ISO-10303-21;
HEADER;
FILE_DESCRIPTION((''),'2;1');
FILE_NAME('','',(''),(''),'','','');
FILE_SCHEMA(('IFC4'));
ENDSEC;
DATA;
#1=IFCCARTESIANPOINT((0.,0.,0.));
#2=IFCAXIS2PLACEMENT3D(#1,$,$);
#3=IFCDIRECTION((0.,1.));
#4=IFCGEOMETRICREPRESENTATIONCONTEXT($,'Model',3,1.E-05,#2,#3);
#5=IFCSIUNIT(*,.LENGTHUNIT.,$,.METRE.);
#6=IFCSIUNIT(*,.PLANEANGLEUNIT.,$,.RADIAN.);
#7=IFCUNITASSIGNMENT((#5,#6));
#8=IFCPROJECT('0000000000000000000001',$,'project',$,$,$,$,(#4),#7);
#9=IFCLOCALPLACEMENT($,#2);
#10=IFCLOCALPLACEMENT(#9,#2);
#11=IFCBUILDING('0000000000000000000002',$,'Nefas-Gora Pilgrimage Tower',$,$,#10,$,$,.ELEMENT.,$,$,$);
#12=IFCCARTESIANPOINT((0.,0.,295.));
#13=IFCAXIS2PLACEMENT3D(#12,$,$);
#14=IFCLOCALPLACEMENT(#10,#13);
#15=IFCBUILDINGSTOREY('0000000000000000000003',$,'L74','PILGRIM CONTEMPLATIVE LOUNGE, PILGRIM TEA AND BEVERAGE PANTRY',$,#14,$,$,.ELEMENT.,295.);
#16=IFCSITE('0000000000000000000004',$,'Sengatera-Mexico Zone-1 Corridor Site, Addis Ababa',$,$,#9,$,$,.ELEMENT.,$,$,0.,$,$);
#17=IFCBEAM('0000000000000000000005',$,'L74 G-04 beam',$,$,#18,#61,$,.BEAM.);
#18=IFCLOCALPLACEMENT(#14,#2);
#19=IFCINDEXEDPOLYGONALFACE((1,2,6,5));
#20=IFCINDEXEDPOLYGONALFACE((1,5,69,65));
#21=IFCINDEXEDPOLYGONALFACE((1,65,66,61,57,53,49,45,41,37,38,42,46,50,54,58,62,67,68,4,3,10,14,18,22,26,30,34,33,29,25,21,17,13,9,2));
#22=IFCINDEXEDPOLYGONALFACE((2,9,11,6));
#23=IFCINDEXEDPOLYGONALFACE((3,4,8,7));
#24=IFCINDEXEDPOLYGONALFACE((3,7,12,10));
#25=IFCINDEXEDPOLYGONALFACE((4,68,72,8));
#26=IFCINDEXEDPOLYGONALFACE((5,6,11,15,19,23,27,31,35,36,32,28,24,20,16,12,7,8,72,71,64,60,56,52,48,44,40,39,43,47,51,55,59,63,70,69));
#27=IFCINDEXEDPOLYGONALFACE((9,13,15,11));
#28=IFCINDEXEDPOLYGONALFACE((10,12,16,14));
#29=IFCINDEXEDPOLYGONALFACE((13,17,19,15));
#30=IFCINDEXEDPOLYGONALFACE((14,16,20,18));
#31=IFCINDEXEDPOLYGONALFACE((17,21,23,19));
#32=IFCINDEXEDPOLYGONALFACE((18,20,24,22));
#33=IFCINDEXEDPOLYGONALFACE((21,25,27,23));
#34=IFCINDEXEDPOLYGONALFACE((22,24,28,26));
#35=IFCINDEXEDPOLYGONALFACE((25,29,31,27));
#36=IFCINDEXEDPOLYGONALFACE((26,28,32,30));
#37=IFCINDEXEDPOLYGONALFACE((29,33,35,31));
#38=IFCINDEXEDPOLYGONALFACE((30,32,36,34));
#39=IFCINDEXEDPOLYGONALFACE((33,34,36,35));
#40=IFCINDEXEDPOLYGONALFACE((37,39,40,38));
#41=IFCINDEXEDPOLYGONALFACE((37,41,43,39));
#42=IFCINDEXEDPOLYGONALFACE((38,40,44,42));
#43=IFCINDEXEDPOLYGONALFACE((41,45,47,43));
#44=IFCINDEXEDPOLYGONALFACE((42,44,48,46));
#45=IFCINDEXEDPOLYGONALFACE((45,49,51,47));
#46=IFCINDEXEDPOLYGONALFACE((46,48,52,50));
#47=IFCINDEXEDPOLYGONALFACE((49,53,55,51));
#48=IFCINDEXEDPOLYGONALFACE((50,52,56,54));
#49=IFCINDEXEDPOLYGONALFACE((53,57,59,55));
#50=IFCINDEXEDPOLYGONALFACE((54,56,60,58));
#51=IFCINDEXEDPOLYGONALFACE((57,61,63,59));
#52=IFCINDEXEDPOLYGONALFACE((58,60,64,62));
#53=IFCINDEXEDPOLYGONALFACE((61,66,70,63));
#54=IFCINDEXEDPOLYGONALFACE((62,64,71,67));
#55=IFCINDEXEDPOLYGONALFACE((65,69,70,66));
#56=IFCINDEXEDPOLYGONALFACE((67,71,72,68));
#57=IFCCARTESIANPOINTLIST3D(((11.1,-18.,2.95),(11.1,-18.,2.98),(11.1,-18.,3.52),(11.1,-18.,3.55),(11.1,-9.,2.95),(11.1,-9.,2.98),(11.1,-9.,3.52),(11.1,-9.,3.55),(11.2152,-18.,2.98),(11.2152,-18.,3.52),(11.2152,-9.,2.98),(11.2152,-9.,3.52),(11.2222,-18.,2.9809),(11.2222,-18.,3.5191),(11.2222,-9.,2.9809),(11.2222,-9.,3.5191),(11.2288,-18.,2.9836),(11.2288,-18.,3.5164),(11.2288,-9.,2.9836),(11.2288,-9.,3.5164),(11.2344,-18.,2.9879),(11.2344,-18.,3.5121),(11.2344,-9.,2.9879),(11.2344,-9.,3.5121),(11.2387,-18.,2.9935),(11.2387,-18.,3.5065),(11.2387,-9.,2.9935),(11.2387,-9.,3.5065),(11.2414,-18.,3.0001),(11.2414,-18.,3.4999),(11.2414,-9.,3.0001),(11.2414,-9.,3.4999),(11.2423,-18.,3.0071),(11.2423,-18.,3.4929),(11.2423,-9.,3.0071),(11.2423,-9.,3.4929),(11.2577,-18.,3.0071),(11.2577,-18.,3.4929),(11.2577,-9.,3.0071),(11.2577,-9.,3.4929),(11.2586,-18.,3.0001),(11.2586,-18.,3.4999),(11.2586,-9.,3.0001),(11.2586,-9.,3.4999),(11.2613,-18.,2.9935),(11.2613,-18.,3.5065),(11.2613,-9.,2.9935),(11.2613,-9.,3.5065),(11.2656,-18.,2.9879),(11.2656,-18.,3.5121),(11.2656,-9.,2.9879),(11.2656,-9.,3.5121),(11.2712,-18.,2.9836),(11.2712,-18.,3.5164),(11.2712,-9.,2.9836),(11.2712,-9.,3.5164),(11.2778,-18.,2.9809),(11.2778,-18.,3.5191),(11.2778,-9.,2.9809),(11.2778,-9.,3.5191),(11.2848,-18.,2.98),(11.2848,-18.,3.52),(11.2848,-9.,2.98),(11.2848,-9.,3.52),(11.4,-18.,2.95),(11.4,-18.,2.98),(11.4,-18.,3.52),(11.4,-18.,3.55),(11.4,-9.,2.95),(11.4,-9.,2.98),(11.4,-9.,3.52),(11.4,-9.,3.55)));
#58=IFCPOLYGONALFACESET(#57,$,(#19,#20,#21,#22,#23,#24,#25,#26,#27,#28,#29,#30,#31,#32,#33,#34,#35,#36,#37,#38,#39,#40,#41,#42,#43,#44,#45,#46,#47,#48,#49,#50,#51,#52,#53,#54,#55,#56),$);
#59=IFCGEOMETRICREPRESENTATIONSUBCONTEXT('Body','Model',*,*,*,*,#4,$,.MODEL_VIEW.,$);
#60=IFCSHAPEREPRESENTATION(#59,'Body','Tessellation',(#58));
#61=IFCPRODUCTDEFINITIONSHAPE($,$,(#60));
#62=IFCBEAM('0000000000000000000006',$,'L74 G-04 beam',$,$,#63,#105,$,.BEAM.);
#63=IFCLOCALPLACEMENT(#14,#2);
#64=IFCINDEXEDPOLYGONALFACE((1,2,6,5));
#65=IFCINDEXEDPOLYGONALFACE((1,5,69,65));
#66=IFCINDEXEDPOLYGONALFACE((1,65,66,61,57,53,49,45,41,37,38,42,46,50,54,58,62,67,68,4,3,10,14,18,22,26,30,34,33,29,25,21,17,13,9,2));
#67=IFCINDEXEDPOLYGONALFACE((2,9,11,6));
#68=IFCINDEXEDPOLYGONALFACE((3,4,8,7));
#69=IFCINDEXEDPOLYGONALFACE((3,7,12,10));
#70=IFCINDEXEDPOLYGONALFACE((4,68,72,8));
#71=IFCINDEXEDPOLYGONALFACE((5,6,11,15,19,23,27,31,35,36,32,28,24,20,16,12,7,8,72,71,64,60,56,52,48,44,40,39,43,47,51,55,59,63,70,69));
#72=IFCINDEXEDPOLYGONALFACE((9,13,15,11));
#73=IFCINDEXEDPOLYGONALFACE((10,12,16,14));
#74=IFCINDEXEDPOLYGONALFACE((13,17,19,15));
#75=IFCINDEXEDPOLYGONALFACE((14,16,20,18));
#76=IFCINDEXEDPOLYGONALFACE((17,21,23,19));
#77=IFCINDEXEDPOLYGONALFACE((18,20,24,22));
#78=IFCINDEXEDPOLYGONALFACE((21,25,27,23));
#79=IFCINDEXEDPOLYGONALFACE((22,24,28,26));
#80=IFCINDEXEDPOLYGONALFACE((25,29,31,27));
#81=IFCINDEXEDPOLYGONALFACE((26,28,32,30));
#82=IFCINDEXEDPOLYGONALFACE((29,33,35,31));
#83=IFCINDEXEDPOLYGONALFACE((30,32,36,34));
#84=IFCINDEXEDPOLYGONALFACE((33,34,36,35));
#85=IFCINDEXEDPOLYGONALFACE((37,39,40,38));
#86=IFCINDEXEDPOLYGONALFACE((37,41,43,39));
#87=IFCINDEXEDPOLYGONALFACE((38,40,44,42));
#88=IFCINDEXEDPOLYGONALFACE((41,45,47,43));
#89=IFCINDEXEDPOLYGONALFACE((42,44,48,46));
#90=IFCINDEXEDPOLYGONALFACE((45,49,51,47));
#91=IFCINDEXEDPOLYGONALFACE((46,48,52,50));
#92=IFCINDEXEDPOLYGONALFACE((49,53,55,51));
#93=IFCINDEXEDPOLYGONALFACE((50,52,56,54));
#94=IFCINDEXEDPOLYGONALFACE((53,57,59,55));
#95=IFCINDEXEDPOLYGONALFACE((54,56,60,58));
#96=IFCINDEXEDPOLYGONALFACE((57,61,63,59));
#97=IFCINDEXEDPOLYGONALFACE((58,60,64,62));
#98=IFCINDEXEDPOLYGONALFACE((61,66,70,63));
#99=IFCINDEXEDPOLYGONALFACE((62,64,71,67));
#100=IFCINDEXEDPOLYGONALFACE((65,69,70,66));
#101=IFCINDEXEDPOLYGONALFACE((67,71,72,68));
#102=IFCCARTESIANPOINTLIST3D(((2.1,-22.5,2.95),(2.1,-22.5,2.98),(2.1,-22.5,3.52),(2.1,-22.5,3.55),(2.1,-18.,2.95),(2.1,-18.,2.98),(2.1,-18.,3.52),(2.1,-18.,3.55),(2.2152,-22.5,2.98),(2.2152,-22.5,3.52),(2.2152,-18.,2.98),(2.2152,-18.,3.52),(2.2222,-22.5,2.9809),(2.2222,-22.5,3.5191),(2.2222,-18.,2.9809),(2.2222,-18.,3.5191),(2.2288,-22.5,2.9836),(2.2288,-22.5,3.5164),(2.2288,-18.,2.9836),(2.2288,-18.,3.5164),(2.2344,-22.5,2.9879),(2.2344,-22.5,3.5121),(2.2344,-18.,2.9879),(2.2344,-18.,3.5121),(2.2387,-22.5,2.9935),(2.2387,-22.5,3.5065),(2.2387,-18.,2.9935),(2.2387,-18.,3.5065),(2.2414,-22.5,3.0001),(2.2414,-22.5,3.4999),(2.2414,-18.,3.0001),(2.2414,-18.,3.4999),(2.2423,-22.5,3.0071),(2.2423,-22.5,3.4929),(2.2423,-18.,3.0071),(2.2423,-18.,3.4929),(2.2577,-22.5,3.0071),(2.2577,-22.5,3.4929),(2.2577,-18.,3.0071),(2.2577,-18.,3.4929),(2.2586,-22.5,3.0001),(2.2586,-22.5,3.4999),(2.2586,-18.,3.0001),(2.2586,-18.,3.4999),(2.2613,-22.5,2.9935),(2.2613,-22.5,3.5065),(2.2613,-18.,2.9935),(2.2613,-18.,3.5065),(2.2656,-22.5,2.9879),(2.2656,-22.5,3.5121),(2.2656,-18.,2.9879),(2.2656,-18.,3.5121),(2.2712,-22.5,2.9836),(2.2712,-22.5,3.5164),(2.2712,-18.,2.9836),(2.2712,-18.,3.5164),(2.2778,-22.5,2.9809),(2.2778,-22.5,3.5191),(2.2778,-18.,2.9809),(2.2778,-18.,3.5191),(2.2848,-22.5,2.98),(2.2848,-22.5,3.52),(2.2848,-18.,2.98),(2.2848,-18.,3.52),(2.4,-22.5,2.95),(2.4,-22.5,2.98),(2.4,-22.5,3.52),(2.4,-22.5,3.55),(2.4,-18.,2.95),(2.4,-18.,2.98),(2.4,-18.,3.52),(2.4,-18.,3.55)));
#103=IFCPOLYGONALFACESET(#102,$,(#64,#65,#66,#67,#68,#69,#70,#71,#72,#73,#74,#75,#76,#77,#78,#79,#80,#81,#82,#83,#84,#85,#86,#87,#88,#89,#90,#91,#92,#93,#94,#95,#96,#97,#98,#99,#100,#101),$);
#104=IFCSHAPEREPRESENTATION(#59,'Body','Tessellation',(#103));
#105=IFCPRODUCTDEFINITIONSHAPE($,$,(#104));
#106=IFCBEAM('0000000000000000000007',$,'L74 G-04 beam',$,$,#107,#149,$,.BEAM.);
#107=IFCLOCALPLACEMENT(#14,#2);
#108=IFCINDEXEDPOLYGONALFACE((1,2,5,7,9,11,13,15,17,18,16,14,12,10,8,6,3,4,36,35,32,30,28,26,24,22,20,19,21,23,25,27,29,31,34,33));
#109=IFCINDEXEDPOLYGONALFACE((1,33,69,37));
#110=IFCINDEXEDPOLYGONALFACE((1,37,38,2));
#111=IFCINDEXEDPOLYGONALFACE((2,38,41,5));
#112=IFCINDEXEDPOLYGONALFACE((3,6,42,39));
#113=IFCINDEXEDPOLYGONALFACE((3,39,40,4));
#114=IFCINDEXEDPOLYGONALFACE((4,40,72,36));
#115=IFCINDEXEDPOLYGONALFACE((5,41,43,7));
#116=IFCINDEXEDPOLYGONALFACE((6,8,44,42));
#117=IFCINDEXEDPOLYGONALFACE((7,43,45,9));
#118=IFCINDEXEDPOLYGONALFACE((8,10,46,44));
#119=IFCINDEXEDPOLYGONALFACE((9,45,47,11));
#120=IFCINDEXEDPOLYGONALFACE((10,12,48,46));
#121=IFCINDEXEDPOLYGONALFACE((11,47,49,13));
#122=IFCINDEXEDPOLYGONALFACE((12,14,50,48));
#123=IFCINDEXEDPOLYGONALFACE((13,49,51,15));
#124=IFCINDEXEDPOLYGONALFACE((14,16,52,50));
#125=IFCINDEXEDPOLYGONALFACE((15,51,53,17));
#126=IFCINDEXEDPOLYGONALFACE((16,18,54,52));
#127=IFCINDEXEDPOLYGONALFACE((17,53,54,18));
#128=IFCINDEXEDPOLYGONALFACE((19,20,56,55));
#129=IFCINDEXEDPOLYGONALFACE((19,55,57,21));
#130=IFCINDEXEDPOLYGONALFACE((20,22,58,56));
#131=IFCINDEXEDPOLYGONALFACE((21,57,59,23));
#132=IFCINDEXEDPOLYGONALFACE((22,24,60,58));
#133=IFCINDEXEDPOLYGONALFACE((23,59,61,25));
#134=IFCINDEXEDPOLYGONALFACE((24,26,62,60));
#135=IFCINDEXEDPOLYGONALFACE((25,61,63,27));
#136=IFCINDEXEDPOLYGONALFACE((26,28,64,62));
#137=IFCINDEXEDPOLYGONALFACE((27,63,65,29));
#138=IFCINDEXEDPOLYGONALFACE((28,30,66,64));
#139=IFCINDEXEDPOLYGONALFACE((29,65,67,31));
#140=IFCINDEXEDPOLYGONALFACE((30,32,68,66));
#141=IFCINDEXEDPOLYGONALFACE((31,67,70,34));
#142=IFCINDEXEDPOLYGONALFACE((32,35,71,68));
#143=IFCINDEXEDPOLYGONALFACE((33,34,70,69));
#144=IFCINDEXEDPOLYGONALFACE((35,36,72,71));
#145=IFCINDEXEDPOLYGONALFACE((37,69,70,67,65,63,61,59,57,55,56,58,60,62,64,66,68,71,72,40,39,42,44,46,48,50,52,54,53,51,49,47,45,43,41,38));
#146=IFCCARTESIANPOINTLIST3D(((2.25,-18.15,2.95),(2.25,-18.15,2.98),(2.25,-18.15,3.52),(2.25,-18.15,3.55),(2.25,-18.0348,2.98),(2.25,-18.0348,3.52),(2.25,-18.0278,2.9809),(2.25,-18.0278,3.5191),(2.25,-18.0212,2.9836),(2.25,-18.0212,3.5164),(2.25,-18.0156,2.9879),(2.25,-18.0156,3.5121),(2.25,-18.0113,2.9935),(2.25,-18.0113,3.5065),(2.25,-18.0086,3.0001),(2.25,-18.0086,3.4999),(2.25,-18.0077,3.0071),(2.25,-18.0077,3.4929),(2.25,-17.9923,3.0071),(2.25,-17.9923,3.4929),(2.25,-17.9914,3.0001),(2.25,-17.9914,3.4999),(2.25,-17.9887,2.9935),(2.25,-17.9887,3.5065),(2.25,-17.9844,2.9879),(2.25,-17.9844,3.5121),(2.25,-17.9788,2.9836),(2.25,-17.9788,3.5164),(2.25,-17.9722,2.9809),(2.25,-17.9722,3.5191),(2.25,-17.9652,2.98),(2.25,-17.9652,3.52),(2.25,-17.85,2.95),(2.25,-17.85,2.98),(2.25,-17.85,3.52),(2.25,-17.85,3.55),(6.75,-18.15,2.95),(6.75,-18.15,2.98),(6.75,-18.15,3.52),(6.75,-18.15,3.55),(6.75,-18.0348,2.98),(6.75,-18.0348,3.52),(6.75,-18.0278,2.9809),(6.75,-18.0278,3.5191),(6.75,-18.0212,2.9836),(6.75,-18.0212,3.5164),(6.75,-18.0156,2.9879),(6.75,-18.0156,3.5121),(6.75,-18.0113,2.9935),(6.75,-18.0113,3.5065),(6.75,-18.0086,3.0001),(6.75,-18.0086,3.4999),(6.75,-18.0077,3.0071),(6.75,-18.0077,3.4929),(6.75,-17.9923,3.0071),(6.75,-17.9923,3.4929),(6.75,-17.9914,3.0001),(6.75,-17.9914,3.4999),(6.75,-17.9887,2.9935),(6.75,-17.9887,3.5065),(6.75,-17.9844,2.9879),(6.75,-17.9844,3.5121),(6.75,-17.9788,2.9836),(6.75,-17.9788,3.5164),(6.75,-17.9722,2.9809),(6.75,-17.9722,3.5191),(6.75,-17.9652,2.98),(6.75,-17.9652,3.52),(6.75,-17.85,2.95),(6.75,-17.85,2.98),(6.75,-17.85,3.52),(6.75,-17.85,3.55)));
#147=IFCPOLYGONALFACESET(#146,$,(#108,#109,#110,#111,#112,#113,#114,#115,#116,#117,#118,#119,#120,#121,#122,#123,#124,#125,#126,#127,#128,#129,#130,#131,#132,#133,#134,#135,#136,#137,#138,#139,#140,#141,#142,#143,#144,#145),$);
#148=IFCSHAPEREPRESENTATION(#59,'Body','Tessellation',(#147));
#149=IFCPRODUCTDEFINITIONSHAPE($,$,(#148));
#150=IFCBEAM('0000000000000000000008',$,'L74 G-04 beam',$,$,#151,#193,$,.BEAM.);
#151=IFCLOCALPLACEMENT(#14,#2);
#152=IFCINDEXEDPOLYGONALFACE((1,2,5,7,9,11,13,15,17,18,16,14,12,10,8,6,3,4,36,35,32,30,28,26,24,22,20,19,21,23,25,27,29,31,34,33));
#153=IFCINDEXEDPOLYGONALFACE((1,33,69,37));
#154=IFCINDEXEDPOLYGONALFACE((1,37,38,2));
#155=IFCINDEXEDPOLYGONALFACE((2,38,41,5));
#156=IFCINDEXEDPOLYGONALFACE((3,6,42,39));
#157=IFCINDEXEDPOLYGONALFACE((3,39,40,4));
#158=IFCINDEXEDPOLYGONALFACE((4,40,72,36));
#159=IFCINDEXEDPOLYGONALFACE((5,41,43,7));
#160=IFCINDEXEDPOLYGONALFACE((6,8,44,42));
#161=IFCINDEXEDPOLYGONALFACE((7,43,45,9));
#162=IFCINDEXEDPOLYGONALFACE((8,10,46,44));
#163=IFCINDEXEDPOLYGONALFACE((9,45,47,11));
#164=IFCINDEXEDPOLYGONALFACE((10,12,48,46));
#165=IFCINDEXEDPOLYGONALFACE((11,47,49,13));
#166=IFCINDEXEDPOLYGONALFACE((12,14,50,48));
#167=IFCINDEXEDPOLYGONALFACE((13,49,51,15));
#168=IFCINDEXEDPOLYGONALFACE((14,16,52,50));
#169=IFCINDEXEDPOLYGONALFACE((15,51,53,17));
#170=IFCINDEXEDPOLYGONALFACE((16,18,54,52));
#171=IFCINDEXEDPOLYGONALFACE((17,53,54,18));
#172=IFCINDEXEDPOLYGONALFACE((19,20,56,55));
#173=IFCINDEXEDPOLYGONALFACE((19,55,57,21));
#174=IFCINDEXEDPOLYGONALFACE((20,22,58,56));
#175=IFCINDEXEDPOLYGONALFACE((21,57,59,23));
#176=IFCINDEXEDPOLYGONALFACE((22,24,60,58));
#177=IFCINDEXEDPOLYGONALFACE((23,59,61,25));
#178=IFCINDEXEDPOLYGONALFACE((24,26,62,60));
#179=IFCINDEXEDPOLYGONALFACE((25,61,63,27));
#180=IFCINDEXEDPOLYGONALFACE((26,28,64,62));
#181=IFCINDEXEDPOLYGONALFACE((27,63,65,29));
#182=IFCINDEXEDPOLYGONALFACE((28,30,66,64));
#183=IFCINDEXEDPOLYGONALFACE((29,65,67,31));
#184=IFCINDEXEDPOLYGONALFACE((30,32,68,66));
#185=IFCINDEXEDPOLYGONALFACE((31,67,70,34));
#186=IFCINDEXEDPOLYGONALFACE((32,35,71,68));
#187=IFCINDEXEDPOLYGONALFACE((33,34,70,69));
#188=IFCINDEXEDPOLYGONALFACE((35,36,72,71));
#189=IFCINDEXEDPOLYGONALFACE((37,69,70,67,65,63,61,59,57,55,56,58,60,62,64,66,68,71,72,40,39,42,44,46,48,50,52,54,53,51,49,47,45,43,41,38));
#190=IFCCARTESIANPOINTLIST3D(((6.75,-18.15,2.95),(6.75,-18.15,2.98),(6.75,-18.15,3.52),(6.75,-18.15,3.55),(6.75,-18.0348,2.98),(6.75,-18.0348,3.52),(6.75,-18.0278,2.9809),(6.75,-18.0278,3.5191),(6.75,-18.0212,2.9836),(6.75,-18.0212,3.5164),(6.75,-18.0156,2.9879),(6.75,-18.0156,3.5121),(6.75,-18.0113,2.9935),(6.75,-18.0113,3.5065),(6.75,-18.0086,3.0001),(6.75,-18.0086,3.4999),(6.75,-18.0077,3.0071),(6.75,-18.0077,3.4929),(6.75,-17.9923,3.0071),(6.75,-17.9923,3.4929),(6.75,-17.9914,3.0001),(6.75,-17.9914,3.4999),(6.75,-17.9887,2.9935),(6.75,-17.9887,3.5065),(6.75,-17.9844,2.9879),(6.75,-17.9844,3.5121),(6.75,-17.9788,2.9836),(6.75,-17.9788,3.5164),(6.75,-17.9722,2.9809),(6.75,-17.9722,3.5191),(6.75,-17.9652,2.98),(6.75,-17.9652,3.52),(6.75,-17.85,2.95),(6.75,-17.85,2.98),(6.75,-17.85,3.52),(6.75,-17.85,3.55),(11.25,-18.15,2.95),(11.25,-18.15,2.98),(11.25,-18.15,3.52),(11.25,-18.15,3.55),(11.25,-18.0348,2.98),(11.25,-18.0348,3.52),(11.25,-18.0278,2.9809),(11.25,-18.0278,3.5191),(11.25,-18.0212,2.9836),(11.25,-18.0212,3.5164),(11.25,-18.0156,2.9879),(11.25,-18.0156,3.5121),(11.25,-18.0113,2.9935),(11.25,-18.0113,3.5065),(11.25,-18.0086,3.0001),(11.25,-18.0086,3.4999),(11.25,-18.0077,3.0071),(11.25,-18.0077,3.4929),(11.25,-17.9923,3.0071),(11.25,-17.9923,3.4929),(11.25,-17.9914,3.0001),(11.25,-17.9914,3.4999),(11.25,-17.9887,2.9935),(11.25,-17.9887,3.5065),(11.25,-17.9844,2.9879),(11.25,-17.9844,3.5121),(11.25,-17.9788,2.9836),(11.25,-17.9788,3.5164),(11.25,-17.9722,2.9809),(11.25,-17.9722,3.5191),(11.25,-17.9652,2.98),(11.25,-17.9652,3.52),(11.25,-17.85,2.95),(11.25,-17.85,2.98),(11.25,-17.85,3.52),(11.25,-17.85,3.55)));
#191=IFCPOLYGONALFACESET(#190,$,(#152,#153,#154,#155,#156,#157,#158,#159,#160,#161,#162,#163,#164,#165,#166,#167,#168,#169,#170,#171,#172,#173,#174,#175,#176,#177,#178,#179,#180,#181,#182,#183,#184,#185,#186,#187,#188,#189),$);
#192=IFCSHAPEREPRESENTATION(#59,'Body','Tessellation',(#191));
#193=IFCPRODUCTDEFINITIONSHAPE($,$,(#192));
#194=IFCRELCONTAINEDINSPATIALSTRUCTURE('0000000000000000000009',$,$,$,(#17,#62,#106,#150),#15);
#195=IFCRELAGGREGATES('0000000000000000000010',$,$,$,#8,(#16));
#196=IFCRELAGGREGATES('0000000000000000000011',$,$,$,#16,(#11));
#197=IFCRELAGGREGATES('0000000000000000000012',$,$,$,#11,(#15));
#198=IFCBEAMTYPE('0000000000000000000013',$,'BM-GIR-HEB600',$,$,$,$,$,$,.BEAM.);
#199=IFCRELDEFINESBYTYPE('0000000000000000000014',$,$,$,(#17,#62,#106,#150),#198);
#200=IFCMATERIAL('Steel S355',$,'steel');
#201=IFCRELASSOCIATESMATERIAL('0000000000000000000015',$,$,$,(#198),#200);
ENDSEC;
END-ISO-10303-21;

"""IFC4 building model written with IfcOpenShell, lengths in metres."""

from ifc_helpers import new_model, si_unit, direction, frame, origin, origin_2d, place, context, subcontext, project, spatial, i_section, extrude, source, transform, mapped, material, material_profile, profile_set, type_object, element, save


model = new_model("IFC4")

# Units and contexts
model_context = context("Model", 3, precision=1e-05, world=origin(), true_north=direction((0.0, 1.0)))
body_context = subcontext(model_context, "Body", "Model", "MODEL_VIEW")
ifc_project = project(units=[si_unit("LENGTHUNIT", "METRE"), si_unit("PLANEANGLEUNIT", "RADIAN")], contexts=[model_context])

# Site, building, storey
site_placement = place(None, origin())
site = spatial("IfcSite", under=ifc_project, at=site_placement, Name="Sengatera-Mexico Zone-1 Corridor Site, Addis Ababa", CompositionType="ELEMENT", RefElevation=0.0)
building_placement = place(site_placement, origin())
building = spatial("IfcBuilding", under=site, at=building_placement, Name="Nefas-Gora Pilgrimage Tower", CompositionType="ELEMENT")
storey_placement = place(building_placement, frame((0.0, 0.0, 295.0)))
storey = spatial("IfcBuildingStorey", under=building, at=storey_placement, Name="L74", Description="PILGRIM CONTEMPLATIVE LOUNGE, PILGRIM TEA AND BEVERAGE PANTRY", CompositionType="ELEMENT", Elevation=295.0)

# Shared definitions
ifc_material_1 = material(Name="Steel S355", Category="steel")

# Beams
ifc_material_profile_1 = material_profile(ifc_material_1, i_section(OverallWidth=0.3, OverallDepth=0.6001, WebThickness=0.0154, FlangeThickness=0.03, FilletRadius=0.0271, at=origin_2d()), Name="HEB 600")
ifc_profile_set_1 = profile_set([ifc_material_profile_1], Name="Steel S355")
beam_type = type_object("IfcBeamType", Name="BM-GIR-HEB600", PredefinedType="BEAM", material=ifc_profile_set_1)
shared_shape_1 = source(origin(), body_context, "Body", "SweptSolid", [
    extrude(i_section(OverallWidth=0.3, OverallDepth=0.6001, WebThickness=0.0154, FlangeThickness=0.03, FilletRadius=0.0271, at=origin_2d()), origin(), (0.0, 0.0, 1.0), 9.0),
])
beam_placement = place(storey_placement, frame((11.25, -18.0, 3.25), z_axis=(0.0, 1.0, 0.0), x_axis=(-1.0, 0.0, 0.0)))
element("IfcBeam", 1, at=beam_placement, inside=storey, type_object=beam_type, Name="L74 G-04 beam", PredefinedType="BEAM", context=body_context, shape_type="MappedRepresentation", body=[
    mapped(shared_shape_1, transform((0.0, 0.0, 0.0), x_axis=(1.0, 0.0, 0.0), y_axis=(0.0, 1.0, 0.0), z_axis=(0.0, 0.0, 1.0), scale=1.0)),
])
shared_shape_2 = source(origin(), body_context, "Body", "SweptSolid", [
    extrude(i_section(OverallWidth=0.3, OverallDepth=0.6001, WebThickness=0.0154, FlangeThickness=0.03, FilletRadius=0.0271, at=origin_2d()), origin(), (0.0, 0.0, 1.0), 4.5),
])
for number, where, z_axis, x_axis, name in (
    (2, (2.25, -22.5, 3.25), (0.0, 1.0, 0.0), (-1.0, 0.0, 0.0), "L74 G-04 beam"),
    (3, (2.25, -18.0, 3.25), (1.0, 0.0, 0.0), (0.0, 1.0, 0.0), "L74 G-04 beam"),
    (4, (6.75, -18.0, 3.25), (1.0, 0.0, 0.0), (0.0, 1.0, 0.0), "L74 G-04 beam"),
):
    element("IfcBeam", number, at=place(storey_placement, frame(where, z_axis=z_axis, x_axis=x_axis)), inside=storey, type_object=beam_type, Name=name, PredefinedType="BEAM", context=body_context, shape_type="MappedRepresentation", body=[
        mapped(shared_shape_2, transform((0.0, 0.0, 0.0), x_axis=(1.0, 0.0, 0.0), y_axis=(0.0, 1.0, 0.0), z_axis=(0.0, 0.0, 1.0), scale=1.0)),
    ])

save(model, "model.ifc")
